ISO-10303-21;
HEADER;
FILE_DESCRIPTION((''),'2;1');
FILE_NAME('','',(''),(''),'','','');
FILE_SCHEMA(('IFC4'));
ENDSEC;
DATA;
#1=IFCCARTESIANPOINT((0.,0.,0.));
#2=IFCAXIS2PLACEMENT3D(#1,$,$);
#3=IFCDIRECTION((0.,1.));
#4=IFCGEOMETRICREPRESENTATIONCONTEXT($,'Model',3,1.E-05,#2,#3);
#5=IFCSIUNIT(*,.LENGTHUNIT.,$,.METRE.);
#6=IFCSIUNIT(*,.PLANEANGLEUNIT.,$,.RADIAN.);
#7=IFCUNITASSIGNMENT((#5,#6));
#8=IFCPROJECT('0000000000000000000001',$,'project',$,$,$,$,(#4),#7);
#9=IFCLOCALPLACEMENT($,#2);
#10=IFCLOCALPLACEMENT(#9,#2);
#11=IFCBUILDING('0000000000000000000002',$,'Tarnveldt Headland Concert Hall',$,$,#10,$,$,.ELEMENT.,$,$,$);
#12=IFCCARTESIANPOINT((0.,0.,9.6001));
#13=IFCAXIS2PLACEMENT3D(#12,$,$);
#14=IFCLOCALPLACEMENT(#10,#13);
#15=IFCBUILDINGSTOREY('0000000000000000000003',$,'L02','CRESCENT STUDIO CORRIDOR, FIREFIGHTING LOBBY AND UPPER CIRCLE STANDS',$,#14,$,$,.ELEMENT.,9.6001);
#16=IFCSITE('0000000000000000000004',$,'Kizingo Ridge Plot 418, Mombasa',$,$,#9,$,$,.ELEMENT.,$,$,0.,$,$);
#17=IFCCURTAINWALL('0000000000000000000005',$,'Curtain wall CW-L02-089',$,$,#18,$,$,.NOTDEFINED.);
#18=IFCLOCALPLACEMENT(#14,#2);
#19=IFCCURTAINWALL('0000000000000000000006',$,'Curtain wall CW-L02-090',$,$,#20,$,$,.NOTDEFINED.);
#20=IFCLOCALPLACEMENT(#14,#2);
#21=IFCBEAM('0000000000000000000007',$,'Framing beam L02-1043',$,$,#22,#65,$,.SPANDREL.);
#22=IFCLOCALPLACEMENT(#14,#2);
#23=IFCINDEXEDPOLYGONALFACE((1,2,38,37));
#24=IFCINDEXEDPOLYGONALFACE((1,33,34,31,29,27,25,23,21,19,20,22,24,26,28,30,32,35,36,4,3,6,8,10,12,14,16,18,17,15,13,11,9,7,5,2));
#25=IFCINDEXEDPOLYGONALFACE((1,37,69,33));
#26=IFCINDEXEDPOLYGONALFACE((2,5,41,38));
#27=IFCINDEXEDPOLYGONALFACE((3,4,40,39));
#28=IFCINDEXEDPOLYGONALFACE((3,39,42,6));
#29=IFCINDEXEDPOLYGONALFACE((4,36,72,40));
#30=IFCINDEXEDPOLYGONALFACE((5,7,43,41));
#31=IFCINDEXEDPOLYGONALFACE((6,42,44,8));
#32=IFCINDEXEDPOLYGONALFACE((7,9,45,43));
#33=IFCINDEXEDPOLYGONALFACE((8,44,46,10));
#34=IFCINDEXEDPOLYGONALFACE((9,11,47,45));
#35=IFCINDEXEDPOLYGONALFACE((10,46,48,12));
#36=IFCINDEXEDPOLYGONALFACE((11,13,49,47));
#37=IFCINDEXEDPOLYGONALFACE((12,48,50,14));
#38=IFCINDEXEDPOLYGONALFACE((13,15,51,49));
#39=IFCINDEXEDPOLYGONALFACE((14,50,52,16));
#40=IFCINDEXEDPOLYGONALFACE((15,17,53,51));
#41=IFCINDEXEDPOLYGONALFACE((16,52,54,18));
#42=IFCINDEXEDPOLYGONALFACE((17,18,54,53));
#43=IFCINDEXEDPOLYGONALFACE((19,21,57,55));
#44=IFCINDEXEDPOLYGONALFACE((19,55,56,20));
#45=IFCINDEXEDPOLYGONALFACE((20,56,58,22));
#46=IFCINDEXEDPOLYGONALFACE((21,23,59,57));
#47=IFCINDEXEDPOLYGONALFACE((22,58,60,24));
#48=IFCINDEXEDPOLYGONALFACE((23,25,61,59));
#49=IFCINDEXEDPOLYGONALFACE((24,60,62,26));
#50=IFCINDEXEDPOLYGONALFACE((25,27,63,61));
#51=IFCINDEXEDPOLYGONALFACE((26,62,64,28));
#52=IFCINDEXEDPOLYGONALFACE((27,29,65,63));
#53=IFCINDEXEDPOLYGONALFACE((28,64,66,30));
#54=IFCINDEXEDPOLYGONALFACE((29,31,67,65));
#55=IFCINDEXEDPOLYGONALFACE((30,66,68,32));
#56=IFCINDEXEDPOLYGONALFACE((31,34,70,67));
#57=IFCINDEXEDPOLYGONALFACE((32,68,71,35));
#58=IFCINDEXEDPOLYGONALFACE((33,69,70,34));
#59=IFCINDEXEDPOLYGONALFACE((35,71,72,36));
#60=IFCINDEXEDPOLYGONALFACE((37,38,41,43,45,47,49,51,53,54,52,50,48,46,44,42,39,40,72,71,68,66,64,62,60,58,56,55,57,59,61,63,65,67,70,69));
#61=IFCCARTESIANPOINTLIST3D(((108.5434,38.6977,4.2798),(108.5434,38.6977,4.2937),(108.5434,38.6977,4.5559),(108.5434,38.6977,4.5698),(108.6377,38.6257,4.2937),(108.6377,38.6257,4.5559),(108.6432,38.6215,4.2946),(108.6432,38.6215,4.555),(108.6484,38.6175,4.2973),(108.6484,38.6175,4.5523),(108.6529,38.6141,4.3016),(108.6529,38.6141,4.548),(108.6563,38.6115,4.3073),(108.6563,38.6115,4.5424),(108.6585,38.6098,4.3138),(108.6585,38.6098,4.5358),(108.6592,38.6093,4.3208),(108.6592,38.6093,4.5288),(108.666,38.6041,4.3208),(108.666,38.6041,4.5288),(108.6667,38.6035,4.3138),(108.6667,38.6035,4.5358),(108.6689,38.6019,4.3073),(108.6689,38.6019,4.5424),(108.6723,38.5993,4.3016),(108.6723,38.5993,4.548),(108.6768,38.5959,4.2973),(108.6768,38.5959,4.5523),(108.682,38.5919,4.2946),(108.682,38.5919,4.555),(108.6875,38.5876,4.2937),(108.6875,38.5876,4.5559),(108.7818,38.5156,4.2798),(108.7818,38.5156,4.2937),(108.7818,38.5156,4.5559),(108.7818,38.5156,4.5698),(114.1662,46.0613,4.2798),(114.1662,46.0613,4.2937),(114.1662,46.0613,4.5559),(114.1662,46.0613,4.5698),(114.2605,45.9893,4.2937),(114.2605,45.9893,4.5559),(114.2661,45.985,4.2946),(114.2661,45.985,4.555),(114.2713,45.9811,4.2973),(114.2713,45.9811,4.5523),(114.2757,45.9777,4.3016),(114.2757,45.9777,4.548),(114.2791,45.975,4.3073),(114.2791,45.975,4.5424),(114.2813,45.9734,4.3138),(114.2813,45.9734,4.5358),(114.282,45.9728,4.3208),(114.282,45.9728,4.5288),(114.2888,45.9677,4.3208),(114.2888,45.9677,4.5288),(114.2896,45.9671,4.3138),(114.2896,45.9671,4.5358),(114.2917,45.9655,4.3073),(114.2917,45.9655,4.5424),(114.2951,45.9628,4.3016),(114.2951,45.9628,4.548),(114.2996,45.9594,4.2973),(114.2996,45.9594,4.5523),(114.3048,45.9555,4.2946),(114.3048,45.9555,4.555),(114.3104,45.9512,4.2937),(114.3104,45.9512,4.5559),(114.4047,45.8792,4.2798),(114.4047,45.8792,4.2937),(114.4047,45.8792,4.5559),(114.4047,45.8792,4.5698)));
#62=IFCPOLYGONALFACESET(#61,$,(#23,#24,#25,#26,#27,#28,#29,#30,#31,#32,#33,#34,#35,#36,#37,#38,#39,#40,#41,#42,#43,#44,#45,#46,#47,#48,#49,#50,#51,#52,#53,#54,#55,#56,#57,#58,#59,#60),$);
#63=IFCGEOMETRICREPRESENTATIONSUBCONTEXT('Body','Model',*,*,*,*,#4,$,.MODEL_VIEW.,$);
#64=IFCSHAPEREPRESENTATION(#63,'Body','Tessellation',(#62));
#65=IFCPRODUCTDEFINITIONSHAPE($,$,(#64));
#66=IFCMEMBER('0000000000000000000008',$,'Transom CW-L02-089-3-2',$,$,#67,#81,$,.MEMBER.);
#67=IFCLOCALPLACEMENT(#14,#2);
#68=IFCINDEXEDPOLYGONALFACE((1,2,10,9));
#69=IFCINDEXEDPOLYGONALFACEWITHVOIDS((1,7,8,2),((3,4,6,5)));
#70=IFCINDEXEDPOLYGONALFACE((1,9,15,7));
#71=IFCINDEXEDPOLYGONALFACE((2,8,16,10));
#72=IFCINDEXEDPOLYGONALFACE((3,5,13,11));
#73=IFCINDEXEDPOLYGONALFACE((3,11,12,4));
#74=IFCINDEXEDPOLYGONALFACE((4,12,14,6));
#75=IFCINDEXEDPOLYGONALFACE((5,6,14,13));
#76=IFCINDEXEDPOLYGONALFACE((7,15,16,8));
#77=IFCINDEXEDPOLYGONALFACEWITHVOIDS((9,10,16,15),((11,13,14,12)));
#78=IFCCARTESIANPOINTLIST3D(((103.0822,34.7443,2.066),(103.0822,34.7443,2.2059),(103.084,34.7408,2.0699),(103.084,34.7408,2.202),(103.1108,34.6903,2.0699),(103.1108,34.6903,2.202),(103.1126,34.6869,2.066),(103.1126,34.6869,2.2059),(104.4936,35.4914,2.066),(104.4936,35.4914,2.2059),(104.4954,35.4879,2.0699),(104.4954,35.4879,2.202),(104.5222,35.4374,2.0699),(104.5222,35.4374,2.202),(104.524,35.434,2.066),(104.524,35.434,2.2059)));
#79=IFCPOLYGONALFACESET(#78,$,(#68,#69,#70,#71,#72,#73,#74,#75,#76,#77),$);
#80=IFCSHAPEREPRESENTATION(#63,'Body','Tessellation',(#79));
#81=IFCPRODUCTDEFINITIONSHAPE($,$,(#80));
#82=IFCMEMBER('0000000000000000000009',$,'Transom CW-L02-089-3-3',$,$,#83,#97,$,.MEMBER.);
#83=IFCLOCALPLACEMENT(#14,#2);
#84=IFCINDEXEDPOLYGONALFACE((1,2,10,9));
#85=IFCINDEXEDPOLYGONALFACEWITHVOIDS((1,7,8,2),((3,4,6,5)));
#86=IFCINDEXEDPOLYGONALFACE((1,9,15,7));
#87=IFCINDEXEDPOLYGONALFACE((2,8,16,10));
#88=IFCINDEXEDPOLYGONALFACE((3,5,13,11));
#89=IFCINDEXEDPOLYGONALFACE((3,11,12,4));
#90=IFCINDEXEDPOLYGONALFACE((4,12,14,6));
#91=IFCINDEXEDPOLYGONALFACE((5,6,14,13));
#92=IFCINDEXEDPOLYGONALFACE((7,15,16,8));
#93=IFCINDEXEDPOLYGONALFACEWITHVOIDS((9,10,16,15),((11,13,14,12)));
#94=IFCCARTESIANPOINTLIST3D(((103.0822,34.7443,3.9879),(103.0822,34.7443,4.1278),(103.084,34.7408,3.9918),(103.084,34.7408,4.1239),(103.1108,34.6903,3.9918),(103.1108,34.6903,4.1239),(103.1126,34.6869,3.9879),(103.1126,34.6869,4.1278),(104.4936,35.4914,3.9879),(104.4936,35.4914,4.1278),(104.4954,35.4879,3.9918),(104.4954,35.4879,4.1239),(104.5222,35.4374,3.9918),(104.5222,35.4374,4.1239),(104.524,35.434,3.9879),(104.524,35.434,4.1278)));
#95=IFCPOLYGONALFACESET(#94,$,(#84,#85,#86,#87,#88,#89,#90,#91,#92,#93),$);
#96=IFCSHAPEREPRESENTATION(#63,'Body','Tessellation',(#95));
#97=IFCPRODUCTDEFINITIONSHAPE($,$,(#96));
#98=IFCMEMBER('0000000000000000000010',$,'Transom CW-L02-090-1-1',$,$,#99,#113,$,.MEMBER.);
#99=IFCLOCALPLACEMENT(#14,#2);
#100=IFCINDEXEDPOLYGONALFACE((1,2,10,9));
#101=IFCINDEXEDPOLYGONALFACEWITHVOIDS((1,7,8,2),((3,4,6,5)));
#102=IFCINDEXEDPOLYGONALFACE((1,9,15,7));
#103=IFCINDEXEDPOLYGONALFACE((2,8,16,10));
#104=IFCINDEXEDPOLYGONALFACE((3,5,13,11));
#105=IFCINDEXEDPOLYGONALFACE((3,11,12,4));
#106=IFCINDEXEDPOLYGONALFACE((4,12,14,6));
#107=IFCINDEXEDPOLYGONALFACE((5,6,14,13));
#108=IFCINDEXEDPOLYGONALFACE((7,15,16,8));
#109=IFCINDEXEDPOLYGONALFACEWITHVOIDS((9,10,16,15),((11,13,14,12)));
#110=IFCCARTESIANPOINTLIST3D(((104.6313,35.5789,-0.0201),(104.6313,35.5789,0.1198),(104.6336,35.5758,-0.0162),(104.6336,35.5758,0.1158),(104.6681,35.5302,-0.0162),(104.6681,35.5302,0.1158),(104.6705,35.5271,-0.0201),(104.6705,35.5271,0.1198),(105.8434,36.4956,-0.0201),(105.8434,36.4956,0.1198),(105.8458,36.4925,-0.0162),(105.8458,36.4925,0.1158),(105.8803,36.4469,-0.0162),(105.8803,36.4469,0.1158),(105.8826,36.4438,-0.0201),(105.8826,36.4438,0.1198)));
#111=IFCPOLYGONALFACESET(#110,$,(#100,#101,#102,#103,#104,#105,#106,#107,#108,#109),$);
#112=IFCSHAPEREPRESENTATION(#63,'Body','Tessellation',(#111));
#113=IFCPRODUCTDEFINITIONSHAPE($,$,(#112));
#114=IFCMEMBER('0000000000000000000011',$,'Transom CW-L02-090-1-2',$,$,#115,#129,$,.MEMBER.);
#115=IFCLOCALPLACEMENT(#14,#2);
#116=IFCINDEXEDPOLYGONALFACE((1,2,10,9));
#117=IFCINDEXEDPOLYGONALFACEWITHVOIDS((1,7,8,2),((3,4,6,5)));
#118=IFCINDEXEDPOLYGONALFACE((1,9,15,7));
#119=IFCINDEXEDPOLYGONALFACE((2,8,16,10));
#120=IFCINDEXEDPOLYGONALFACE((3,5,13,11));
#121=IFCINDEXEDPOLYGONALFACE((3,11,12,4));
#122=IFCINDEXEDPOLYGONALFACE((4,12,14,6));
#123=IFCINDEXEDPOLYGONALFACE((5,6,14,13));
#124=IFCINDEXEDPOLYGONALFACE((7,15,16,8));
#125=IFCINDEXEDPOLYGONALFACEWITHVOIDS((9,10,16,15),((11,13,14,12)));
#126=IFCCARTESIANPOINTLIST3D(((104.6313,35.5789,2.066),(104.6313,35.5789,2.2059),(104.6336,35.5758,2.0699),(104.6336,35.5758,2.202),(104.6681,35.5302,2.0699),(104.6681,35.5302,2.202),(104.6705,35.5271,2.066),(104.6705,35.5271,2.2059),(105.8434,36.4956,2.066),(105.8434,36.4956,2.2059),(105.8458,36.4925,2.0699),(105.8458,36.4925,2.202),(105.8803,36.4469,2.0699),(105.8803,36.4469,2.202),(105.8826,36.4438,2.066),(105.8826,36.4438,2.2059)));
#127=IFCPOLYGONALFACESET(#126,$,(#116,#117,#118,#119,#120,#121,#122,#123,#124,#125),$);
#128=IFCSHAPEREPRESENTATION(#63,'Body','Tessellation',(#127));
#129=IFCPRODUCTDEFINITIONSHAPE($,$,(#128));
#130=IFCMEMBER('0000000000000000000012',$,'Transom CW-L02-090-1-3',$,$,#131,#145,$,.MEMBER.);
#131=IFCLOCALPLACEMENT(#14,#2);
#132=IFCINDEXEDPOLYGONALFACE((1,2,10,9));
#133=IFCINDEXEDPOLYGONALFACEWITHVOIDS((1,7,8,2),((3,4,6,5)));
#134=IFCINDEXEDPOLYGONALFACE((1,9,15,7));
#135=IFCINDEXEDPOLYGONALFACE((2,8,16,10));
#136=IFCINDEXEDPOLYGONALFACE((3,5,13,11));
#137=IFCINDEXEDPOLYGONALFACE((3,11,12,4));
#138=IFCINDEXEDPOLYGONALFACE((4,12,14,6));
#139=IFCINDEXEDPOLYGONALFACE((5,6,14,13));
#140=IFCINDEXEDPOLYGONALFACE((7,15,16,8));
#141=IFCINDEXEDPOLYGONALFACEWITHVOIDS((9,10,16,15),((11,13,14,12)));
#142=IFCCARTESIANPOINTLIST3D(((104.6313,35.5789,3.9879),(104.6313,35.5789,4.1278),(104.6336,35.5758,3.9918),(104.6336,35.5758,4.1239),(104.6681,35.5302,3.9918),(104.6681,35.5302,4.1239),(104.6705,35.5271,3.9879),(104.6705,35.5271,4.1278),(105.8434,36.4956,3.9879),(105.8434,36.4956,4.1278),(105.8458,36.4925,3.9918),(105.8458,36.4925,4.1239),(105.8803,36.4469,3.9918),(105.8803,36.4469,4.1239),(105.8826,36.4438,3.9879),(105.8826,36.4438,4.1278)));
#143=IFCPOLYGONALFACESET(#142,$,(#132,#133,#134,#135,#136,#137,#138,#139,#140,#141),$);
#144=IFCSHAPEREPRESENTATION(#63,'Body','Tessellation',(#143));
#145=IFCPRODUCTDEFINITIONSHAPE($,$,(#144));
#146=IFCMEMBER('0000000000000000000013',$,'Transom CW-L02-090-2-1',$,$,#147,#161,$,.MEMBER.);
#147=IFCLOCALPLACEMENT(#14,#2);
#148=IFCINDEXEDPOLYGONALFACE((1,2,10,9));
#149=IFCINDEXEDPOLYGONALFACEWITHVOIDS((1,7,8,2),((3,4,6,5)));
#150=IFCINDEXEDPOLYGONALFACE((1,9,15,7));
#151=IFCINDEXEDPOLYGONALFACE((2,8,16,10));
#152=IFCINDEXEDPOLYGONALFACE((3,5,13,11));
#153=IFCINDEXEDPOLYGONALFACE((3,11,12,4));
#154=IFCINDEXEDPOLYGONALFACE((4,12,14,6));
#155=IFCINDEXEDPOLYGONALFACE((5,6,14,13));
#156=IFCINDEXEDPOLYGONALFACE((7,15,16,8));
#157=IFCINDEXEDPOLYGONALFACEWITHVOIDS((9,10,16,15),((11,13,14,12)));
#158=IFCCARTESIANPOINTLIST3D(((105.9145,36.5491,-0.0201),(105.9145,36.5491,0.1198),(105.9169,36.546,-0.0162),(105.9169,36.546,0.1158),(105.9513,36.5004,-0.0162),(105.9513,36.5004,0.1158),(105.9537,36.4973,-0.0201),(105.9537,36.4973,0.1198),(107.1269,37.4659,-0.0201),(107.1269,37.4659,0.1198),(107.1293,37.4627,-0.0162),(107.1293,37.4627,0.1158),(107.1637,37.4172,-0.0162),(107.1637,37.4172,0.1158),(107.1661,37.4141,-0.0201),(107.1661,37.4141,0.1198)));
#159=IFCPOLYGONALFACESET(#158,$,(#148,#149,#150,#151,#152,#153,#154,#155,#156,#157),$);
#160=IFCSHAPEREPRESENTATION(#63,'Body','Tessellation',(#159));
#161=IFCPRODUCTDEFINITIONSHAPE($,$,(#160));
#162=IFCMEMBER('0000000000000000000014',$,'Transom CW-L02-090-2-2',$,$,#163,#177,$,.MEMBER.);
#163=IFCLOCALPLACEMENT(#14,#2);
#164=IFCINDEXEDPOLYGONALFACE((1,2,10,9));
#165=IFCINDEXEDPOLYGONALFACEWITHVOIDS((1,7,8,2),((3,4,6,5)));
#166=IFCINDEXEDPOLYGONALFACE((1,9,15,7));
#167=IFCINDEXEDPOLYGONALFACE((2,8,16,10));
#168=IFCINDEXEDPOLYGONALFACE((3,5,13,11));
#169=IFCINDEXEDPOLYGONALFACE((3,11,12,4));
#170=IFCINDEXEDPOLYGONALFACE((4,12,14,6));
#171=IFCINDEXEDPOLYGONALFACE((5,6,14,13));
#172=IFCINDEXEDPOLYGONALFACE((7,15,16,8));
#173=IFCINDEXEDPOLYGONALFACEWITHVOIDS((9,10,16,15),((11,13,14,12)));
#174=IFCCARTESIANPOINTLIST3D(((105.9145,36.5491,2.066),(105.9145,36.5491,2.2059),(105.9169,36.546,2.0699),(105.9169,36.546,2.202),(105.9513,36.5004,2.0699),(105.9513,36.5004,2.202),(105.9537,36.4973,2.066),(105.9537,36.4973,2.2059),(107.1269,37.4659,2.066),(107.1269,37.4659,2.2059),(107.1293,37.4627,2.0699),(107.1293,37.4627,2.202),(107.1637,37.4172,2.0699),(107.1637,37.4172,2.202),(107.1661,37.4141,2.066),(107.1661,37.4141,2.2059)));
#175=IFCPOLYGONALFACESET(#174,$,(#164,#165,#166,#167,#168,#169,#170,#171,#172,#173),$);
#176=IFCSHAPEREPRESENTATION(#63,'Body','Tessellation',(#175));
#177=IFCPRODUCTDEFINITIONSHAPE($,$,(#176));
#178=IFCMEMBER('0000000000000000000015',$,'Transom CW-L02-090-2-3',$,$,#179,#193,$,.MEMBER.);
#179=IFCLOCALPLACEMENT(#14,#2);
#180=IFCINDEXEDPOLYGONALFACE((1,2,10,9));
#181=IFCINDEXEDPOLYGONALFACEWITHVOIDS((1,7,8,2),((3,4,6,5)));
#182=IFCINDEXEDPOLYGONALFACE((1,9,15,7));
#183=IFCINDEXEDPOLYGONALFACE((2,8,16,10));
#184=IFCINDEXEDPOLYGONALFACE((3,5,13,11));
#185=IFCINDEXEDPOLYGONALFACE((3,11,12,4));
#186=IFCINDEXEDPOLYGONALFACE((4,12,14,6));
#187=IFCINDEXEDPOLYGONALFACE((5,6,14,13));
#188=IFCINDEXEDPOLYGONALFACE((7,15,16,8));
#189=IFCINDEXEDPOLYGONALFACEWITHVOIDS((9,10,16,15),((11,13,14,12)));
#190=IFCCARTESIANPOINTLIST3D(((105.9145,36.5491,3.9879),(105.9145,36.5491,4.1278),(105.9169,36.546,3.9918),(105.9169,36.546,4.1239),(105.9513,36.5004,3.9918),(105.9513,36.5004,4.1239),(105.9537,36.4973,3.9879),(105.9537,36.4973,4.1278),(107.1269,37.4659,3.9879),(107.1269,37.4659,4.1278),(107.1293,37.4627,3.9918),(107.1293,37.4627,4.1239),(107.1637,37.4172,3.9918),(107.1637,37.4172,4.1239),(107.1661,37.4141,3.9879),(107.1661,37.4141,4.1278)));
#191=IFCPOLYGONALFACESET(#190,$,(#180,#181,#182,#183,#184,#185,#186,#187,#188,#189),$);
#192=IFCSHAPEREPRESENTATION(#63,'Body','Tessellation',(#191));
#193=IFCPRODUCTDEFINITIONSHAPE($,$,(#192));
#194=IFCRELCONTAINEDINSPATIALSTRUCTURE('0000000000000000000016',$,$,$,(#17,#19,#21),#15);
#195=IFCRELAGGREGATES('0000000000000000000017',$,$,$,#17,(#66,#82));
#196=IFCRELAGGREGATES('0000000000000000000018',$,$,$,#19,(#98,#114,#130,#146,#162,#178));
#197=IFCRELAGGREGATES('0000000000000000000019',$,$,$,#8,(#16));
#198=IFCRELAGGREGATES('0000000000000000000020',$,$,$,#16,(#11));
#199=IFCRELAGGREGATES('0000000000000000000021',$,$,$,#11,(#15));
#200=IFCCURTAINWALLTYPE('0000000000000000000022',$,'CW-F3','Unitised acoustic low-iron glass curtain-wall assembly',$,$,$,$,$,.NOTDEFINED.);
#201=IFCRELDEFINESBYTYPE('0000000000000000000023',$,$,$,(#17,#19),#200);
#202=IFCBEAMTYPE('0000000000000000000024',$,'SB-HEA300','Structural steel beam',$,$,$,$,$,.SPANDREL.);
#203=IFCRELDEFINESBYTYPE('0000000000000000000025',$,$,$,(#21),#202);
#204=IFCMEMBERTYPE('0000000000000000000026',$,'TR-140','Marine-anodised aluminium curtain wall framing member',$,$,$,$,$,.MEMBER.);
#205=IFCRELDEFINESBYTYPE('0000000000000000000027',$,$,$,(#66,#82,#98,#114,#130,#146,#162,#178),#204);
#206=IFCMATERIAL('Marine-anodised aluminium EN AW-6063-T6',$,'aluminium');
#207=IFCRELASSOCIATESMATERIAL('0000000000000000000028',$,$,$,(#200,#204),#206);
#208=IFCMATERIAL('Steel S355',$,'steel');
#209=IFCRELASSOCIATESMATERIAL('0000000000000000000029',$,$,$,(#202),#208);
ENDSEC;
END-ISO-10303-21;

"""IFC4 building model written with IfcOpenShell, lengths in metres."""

from ifc_helpers import new_model, si_unit, direction, frame, origin, origin_2d, place, context, subcontext, project, spatial, hollow_rectangle, i_section, extrude, material, material_profile, profile_set, type_object, element, aggregate, save


model = new_model("IFC4")

# Units and contexts
model_context = context("Model", 3, precision=1e-05, world=origin(), true_north=direction((0.0, 1.0)))
body_context = subcontext(model_context, "Body", "Model", "MODEL_VIEW")
ifc_project = project(units=[si_unit("LENGTHUNIT", "METRE"), si_unit("PLANEANGLEUNIT", "RADIAN")], contexts=[model_context])

# Site, building, storey
site_placement = place(None, origin())
site = spatial("IfcSite", under=ifc_project, at=site_placement, Name="Kizingo Ridge Plot 418, Mombasa", CompositionType="ELEMENT", RefElevation=0.0)
building_placement = place(site_placement, origin())
building = spatial("IfcBuilding", under=site, at=building_placement, Name="Tarnveldt Headland Concert Hall", CompositionType="ELEMENT")
storey_placement = place(building_placement, frame((0.0, 0.0, 9.6001)))
storey = spatial("IfcBuildingStorey", under=building, at=storey_placement, Name="L02", Description="CRESCENT STUDIO CORRIDOR, FIREFIGHTING LOBBY AND UPPER CIRCLE STANDS", CompositionType="ELEMENT", Elevation=9.6001)

# Shared definitions
ifc_material_1 = material(Name="Steel S355", Category="steel")

# Curtain wall
ifc_material_2 = material(Name="Marine-anodised aluminium EN AW-6063-T6", Category="aluminium")
curtain_wall_type = type_object("IfcCurtainWallType", Name="CW-F3", Description="Unitised acoustic low-iron glass curtain-wall assembly", PredefinedType="NOTDEFINED", material=ifc_material_2)
curtain_wall_1_placement = place(storey_placement, origin())
curtain_wall_1 = element("IfcCurtainWall", 1, at=curtain_wall_1_placement, inside=storey, type_object=curtain_wall_type, Name="Curtain wall CW-L02-089", PredefinedType="NOTDEFINED")

# Curtain wall
curtain_wall_2_placement = place(storey_placement, origin())
curtain_wall_2 = element("IfcCurtainWall", 2, at=curtain_wall_2_placement, inside=storey, type_object=curtain_wall_type, Name="Curtain wall CW-L02-090", PredefinedType="NOTDEFINED")

# Beam
ifc_material_profile_1 = material_profile(ifc_material_1, i_section(OverallWidth=0.3, OverallDepth=0.29, WebThickness=0.0085, FlangeThickness=0.0139, FilletRadius=0.0271, at=origin_2d()), Name="HEA300", Category="steel")
ifc_profile_set_1 = profile_set([ifc_material_profile_1], Name="Steel S355")
beam_type = type_object("IfcBeamType", Name="SB-HEA300", Description="Structural steel beam", PredefinedType="SPANDREL", material=ifc_profile_set_1)
beam_placement = place(storey_placement, frame((108.6626, 38.6067, 4.4248), z_axis=(0.606896, 0.794781, 0.0), x_axis=(-0.794781, 0.606896, 0.0)))
element("IfcBeam", 3, at=beam_placement, inside=storey, type_object=beam_type, Name="Framing beam L02-1043", PredefinedType="SPANDREL", context=body_context, shape_type="SweptSolid", body=[
    extrude(i_section(OverallWidth=0.3, OverallDepth=0.29, WebThickness=0.0085, FlangeThickness=0.0139, FilletRadius=0.0271, at=origin_2d()), origin(), (0.0, 0.0, 1.0), 9.2649),
])

# Members
ifc_material_profile_2 = material_profile(ifc_material_2, hollow_rectangle(XDim=0.0649, YDim=0.1399, WallThickness=0.0039, at=origin_2d()), Name="ALU TRANSOM 65x140x4", Category="aluminium")
ifc_profile_set_2 = profile_set([ifc_material_profile_2], Name="Marine-anodised aluminium EN AW-6063-T6")
member_type_1 = type_object("IfcMemberType", Name="TR-140", Description="Marine-anodised aluminium curtain wall framing member", PredefinedType="MEMBER", material=ifc_profile_set_2)
member_1_placement = place(storey_placement, frame((103.0974, 34.7156, 2.136), z_axis=(0.883821, 0.467824, 0.0), x_axis=(-0.467824, 0.883821, 0.0)))
member_1 = element("IfcMember", 4, at=member_1_placement, type_object=member_type_1, Name="Transom CW-L02-089-3-2", PredefinedType="MEMBER", context=body_context, shape_type="SweptSolid", body=[
    extrude(hollow_rectangle(XDim=0.0649, YDim=0.1399, WallThickness=0.0039, at=origin_2d()), origin(), (0.0, 0.0, 1.0), 1.5969),
])
member_2_placement = place(storey_placement, frame((103.0974, 34.7156, 4.0579), z_axis=(0.883821, 0.467824, 0.0), x_axis=(-0.467824, 0.883821, 0.0)))
member_2 = element("IfcMember", 5, at=member_2_placement, type_object=member_type_1, Name="Transom CW-L02-089-3-3", PredefinedType="MEMBER", context=body_context, shape_type="SweptSolid", body=[
    extrude(hollow_rectangle(XDim=0.0649, YDim=0.1399, WallThickness=0.0039, at=origin_2d()), origin(), (0.0, 0.0, 1.0), 1.5969),
])
member_3_placement = place(storey_placement, frame((104.6509, 35.553, 0.0498), z_axis=(0.797584, 0.603208, 0.0), x_axis=(-0.603208, 0.797584, 0.0)))
member_3 = element("IfcMember", 6, at=member_3_placement, type_object=member_type_1, Name="Transom CW-L02-090-1-1", PredefinedType="MEMBER", context=body_context, shape_type="SweptSolid", body=[
    extrude(hollow_rectangle(XDim=0.0649, YDim=0.1399, WallThickness=0.0039, at=origin_2d()), origin(), (0.0, 0.0, 1.0), 1.5198),
])
member_4_placement = place(storey_placement, frame((104.6509, 35.553, 2.136), z_axis=(0.797584, 0.603208, 0.0), x_axis=(-0.603208, 0.797584, 0.0)))
member_4 = element("IfcMember", 7, at=member_4_placement, type_object=member_type_1, Name="Transom CW-L02-090-1-2", PredefinedType="MEMBER", context=body_context, shape_type="SweptSolid", body=[
    extrude(hollow_rectangle(XDim=0.0649, YDim=0.1399, WallThickness=0.0039, at=origin_2d()), origin(), (0.0, 0.0, 1.0), 1.5198),
])
member_5_placement = place(storey_placement, frame((104.6509, 35.553, 4.0579), z_axis=(0.797584, 0.603208, 0.0), x_axis=(-0.603208, 0.797584, 0.0)))
member_5 = element("IfcMember", 8, at=member_5_placement, type_object=member_type_1, Name="Transom CW-L02-090-1-3", PredefinedType="MEMBER", context=body_context, shape_type="SweptSolid", body=[
    extrude(hollow_rectangle(XDim=0.0649, YDim=0.1399, WallThickness=0.0039, at=origin_2d()), origin(), (0.0, 0.0, 1.0), 1.5198),
])
member_6_placement = place(storey_placement, frame((105.9341, 36.5232, 0.0498), z_axis=(0.797642, 0.603131, 0.0), x_axis=(-0.603131, 0.797642, 0.0)))
member_6 = element("IfcMember", 9, at=member_6_placement, type_object=member_type_1, Name="Transom CW-L02-090-2-1", PredefinedType="MEMBER", context=body_context, shape_type="SweptSolid", body=[
    extrude(hollow_rectangle(XDim=0.0649, YDim=0.1399, WallThickness=0.0039, at=origin_2d()), origin(), (0.0, 0.0, 1.0), 1.52),
])
member_7_placement = place(storey_placement, frame((105.9341, 36.5232, 2.136), z_axis=(0.797642, 0.603131, 0.0), x_axis=(-0.603131, 0.797642, 0.0)))
member_7 = element("IfcMember", 10, at=member_7_placement, type_object=member_type_1, Name="Transom CW-L02-090-2-2", PredefinedType="MEMBER", context=body_context, shape_type="SweptSolid", body=[
    extrude(hollow_rectangle(XDim=0.0649, YDim=0.1399, WallThickness=0.0039, at=origin_2d()), origin(), (0.0, 0.0, 1.0), 1.52),
])
member_8_placement = place(storey_placement, frame((105.9341, 36.5232, 4.0579), z_axis=(0.797642, 0.603131, 0.0), x_axis=(-0.603131, 0.797642, 0.0)))
member_8 = element("IfcMember", 11, at=member_8_placement, type_object=member_type_1, Name="Transom CW-L02-090-2-3", PredefinedType="MEMBER", context=body_context, shape_type="SweptSolid", body=[
    extrude(hollow_rectangle(XDim=0.0649, YDim=0.1399, WallThickness=0.0039, at=origin_2d()), origin(), (0.0, 0.0, 1.0), 1.52),
])

aggregate(curtain_wall_1, [member_1, member_2])
aggregate(curtain_wall_2, [member_3, member_4, member_5, member_6, member_7, member_8])

save(model, "model.ifc")
